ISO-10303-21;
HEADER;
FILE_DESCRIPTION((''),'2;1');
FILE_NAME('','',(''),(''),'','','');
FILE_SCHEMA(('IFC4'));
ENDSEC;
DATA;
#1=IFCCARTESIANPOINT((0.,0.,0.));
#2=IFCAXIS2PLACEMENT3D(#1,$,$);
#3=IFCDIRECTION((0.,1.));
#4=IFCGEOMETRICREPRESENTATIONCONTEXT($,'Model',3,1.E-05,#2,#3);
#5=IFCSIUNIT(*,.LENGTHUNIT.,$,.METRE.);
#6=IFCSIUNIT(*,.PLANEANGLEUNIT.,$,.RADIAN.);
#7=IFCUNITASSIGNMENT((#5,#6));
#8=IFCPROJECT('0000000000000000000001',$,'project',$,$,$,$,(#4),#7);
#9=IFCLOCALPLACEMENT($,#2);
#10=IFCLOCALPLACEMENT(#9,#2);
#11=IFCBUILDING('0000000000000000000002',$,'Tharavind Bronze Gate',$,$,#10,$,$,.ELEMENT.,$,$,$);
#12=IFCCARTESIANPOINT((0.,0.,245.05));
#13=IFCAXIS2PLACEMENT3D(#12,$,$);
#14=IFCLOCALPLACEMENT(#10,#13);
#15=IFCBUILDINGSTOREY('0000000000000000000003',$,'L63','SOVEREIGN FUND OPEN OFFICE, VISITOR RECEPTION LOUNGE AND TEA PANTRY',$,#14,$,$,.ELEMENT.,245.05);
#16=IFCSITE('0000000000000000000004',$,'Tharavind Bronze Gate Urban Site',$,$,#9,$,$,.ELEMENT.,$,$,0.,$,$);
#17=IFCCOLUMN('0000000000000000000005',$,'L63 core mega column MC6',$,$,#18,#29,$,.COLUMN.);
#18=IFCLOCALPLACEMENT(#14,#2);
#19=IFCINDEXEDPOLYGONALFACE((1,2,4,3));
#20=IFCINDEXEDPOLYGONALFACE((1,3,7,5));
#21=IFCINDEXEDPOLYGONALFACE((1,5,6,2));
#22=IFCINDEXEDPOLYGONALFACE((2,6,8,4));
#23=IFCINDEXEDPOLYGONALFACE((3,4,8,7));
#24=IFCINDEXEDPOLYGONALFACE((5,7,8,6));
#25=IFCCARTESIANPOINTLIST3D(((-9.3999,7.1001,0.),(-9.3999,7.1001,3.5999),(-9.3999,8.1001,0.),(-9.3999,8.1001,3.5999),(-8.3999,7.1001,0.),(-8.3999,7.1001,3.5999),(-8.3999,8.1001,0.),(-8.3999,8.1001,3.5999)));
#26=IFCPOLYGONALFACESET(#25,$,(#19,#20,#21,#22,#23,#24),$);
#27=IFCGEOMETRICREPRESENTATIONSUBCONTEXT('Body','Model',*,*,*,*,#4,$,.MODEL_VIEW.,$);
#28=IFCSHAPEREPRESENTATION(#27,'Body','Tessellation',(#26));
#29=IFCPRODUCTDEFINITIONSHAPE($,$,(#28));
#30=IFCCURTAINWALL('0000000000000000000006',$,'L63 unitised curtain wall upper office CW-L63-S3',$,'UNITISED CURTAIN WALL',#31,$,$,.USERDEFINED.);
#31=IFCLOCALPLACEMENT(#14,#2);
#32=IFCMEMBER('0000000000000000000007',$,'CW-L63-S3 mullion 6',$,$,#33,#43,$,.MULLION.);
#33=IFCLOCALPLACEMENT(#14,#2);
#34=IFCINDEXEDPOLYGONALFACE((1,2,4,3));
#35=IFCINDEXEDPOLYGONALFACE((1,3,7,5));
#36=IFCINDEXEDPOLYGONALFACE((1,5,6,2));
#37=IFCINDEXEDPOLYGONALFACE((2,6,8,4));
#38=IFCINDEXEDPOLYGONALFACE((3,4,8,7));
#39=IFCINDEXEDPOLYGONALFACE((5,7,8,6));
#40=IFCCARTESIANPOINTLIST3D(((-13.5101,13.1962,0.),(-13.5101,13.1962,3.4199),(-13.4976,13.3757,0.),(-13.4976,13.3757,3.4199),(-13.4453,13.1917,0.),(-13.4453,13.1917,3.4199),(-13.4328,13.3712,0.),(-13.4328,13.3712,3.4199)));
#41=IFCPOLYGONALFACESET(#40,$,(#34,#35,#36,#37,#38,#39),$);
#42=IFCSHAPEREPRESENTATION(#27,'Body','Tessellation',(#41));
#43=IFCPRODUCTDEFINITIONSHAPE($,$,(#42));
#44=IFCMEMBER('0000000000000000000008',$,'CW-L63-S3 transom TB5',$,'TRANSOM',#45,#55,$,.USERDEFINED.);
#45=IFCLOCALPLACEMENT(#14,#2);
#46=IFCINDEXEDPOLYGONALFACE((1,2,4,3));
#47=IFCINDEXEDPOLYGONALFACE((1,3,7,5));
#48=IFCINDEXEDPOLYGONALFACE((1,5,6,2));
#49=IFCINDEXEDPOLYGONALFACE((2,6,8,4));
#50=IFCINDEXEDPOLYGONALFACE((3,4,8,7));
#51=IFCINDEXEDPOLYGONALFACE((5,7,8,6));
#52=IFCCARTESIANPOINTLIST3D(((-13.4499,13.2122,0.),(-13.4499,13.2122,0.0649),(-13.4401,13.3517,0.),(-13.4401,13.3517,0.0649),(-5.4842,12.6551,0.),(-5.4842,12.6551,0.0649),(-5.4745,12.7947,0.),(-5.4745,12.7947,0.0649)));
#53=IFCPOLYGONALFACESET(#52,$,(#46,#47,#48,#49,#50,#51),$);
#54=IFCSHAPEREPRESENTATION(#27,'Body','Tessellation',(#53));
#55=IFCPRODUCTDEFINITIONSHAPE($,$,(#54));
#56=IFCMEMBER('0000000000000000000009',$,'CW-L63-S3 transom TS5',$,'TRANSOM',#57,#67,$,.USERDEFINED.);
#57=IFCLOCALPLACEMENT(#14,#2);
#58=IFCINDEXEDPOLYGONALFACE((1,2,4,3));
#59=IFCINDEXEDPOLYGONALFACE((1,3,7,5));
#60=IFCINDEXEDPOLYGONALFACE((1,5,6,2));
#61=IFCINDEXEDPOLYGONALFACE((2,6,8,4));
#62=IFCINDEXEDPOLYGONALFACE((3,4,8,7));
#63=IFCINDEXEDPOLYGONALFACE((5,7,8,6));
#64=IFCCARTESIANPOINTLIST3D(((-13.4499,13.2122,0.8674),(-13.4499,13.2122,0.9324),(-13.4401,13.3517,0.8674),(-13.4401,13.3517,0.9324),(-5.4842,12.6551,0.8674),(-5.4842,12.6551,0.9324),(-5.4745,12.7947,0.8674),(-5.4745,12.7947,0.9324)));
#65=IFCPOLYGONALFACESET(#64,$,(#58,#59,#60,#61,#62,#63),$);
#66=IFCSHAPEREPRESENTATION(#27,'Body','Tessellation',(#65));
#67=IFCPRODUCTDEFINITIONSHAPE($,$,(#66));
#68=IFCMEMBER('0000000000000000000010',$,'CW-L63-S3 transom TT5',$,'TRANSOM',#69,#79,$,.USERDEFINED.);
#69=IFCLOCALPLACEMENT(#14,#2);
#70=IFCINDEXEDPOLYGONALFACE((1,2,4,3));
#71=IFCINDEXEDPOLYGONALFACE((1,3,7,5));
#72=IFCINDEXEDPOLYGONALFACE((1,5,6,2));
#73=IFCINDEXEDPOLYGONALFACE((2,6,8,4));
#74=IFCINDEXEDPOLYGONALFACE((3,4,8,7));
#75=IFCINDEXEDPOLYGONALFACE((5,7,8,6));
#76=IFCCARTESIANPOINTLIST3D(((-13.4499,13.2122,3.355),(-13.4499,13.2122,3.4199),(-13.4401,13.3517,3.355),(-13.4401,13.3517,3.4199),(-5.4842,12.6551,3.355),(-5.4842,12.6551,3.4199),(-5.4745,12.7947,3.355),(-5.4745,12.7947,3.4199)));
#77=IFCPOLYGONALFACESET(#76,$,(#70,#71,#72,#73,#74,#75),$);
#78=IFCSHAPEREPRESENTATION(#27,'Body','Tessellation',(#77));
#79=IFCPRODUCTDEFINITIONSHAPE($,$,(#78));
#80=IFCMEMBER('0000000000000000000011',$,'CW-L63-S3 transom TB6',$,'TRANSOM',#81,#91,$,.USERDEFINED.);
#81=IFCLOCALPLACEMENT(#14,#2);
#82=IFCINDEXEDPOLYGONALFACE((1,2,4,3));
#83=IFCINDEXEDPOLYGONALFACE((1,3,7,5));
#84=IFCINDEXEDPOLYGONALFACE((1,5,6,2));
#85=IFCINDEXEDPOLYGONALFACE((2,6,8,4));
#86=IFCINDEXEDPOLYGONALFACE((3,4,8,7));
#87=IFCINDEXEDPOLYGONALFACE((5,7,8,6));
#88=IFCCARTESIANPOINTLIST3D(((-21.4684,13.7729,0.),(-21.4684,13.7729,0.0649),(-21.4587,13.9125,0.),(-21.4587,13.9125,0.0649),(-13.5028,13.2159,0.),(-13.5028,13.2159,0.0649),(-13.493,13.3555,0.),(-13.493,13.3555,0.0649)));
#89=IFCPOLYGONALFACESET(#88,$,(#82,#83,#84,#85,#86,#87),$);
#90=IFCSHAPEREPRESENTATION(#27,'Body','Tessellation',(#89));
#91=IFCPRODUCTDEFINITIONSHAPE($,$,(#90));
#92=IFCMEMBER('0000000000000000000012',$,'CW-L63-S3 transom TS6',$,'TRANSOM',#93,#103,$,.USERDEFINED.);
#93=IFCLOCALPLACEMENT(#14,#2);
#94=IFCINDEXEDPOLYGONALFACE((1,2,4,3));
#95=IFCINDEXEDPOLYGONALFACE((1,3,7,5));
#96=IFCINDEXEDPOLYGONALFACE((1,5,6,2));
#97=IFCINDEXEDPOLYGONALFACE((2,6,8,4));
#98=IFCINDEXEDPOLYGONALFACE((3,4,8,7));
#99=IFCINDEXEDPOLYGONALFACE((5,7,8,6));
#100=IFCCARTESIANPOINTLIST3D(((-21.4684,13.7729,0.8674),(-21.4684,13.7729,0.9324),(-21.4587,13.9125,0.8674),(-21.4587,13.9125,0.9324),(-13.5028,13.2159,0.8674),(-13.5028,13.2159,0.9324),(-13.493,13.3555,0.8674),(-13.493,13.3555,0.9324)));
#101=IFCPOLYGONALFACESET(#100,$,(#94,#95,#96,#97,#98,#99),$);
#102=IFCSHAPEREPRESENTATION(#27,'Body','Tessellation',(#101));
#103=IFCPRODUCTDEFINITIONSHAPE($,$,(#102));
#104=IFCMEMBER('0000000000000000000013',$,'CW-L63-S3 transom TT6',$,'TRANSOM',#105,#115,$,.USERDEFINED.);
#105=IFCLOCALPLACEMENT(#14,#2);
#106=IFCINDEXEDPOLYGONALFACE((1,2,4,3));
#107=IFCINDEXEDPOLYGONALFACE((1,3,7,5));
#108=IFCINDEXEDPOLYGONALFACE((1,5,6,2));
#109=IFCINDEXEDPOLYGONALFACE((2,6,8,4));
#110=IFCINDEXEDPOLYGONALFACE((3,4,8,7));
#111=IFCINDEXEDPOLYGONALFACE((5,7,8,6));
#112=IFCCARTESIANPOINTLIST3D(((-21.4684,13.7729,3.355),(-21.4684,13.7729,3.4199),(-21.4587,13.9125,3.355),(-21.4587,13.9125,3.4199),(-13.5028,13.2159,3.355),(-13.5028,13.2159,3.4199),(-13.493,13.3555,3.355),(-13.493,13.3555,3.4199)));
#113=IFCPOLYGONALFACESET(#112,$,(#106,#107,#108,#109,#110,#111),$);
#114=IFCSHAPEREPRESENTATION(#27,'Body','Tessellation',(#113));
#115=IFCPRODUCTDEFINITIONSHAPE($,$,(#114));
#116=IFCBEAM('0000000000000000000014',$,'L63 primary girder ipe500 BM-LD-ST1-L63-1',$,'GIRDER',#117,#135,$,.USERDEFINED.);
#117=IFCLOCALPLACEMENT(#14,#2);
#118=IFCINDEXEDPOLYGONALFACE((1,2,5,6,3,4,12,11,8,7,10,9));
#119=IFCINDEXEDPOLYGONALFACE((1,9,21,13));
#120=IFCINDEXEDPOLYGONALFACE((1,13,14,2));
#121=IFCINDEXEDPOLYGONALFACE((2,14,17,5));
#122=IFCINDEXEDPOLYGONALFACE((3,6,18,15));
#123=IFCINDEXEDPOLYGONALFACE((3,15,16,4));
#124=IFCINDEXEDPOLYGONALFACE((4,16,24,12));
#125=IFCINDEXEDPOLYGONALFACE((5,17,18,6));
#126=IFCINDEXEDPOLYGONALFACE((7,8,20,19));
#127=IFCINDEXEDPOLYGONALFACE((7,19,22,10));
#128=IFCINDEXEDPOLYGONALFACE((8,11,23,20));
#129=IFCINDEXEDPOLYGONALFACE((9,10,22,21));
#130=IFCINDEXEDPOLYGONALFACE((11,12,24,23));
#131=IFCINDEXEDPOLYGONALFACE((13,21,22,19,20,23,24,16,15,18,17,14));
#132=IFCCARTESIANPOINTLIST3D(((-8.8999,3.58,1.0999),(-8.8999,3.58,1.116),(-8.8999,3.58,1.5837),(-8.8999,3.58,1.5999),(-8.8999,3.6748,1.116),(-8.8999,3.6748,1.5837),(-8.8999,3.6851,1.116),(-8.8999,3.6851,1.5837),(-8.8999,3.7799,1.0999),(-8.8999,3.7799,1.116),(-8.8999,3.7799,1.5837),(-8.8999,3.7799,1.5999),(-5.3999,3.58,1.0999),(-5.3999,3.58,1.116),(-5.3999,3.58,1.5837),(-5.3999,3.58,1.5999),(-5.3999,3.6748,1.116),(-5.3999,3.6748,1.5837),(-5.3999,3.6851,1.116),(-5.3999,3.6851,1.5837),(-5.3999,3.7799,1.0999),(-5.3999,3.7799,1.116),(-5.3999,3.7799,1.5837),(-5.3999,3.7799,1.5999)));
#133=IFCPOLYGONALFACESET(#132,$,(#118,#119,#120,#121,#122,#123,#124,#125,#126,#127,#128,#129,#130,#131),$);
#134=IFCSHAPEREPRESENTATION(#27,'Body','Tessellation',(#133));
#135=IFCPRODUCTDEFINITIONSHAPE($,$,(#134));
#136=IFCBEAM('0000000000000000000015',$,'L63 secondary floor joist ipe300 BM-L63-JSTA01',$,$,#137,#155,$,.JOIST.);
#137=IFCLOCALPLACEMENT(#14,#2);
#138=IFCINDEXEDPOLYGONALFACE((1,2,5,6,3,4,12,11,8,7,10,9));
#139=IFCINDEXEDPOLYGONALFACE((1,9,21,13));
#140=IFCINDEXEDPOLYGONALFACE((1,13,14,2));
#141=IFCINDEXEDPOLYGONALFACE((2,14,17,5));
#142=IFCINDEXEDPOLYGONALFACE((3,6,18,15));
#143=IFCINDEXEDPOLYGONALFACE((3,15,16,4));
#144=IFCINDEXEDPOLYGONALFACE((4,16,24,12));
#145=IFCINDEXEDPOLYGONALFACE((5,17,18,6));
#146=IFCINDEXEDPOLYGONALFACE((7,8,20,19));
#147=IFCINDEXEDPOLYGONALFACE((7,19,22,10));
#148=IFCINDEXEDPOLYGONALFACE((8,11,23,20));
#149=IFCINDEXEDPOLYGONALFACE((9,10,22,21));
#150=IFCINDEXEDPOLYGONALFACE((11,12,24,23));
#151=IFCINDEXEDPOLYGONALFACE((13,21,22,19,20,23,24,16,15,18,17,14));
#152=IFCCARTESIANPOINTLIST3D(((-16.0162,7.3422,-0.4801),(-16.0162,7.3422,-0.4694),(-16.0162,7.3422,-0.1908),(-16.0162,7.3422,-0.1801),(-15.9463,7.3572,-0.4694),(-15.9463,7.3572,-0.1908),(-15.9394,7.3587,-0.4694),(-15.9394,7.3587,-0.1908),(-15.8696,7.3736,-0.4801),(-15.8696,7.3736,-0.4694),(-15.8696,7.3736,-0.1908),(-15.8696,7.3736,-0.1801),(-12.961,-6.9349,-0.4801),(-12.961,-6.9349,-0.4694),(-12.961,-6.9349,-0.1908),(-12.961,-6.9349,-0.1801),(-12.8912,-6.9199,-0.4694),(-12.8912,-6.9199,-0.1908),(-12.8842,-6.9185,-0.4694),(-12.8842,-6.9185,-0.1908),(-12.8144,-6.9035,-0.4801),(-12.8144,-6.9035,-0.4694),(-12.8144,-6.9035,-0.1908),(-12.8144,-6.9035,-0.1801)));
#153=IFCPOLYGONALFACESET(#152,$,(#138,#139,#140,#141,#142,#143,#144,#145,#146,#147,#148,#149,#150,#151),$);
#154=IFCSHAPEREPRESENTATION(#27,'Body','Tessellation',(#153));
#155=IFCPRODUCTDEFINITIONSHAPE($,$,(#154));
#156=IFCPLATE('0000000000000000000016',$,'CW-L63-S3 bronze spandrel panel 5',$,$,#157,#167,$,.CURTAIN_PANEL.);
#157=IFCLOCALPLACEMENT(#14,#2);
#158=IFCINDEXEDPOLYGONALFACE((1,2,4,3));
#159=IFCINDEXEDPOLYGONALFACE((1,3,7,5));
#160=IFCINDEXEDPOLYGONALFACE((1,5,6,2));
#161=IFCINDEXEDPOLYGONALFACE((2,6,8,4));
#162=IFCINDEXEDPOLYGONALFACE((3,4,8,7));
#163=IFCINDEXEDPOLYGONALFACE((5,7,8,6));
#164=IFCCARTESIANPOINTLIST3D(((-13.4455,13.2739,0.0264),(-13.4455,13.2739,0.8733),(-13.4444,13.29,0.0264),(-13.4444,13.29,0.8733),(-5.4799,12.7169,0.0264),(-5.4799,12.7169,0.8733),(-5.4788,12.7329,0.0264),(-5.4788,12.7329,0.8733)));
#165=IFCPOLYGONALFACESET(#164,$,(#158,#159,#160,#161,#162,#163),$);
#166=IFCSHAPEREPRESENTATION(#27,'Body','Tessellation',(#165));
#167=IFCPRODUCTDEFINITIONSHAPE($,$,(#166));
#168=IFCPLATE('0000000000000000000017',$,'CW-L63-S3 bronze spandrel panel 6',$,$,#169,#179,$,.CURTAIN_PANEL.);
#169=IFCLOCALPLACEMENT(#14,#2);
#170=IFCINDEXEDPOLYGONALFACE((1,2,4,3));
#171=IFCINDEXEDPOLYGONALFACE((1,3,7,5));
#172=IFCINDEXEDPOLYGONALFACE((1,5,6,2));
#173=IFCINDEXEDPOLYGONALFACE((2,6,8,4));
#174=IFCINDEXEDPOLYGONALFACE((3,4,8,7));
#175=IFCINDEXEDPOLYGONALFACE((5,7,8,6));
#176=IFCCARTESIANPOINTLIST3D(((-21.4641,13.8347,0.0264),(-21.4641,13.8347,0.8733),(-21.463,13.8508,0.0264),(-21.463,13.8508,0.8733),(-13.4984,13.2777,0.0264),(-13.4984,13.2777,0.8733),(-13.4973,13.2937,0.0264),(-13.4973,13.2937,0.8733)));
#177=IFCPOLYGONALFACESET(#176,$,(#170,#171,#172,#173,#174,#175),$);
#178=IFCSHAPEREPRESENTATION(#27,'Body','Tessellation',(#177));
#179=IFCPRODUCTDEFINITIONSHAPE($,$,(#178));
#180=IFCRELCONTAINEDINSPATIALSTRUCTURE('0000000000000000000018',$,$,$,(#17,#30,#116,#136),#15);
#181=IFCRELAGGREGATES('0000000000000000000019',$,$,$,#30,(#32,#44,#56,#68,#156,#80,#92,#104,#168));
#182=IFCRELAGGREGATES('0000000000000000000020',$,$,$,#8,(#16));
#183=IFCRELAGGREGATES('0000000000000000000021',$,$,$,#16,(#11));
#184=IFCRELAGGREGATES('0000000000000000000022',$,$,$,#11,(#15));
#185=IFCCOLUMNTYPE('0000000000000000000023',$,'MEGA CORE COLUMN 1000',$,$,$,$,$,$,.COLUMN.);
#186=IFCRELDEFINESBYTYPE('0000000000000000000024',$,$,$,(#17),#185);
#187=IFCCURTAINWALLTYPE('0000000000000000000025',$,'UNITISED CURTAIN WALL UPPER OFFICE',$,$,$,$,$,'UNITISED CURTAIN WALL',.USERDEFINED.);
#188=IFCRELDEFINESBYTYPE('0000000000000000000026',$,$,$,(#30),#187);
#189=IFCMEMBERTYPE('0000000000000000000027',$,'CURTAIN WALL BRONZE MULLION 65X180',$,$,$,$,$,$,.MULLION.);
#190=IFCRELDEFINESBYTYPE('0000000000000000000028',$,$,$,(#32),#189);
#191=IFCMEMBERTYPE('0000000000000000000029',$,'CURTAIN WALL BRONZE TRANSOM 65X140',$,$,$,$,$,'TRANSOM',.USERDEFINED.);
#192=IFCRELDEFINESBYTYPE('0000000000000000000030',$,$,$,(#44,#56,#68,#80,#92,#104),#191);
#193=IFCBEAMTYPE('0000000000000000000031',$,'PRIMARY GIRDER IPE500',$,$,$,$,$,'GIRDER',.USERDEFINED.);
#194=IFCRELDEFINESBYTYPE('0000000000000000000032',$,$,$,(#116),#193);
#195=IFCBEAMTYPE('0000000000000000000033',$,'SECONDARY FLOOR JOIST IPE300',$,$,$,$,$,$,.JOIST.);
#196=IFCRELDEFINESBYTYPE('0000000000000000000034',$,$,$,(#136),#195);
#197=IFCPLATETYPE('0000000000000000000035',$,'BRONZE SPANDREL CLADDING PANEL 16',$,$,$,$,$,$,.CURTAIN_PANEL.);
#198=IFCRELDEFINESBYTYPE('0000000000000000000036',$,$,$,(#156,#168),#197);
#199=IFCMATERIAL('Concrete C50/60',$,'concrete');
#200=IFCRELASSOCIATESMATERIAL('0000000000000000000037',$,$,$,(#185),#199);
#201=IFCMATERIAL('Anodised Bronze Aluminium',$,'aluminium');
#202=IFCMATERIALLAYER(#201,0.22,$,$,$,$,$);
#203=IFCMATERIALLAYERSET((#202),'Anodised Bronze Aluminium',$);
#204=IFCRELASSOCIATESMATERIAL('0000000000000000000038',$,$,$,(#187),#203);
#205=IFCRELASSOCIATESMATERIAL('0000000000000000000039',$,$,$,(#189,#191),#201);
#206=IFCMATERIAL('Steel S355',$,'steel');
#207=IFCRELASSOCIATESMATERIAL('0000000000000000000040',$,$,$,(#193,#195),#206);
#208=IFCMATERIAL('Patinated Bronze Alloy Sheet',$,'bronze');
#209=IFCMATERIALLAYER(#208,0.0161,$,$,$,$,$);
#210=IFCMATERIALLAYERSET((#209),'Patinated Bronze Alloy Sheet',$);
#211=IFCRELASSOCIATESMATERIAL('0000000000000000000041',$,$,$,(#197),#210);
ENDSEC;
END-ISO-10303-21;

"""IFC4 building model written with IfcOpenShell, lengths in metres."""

from ifc_helpers import new_model, si_unit, direction, frame, origin, origin_2d, place, context, subcontext, project, spatial, rectangle, i_section, extrude, material, layer, layer_set, material_profile, profile_set, type_object, element, aggregate, save


model = new_model("IFC4")

# Units and contexts
model_context = context("Model", 3, precision=1e-05, world=origin(), true_north=direction((0.0, 1.0)))
body_context = subcontext(model_context, "Body", "Model", "MODEL_VIEW")
ifc_project = project(units=[si_unit("LENGTHUNIT", "METRE"), si_unit("PLANEANGLEUNIT", "RADIAN")], contexts=[model_context])

# Site, building, storey
site_placement = place(None, origin())
site = spatial("IfcSite", under=ifc_project, at=site_placement, Name="Tharavind Bronze Gate Urban Site", CompositionType="ELEMENT", RefElevation=0.0)
building_placement = place(site_placement, origin())
building = spatial("IfcBuilding", under=site, at=building_placement, Name="Tharavind Bronze Gate", CompositionType="ELEMENT")
storey_placement = place(building_placement, frame((0.0, 0.0, 245.05)))
storey = spatial("IfcBuildingStorey", under=building, at=storey_placement, Name="L63", Description="SOVEREIGN FUND OPEN OFFICE, VISITOR RECEPTION LOUNGE AND TEA PANTRY", CompositionType="ELEMENT", Elevation=245.05)

# Column
ifc_material_1 = material(Name="Concrete C50/60", Category="concrete")
ifc_material_profile_1 = material_profile(ifc_material_1, rectangle(XDim=1.0, YDim=1.0, at=origin_2d()), Name="RCCOL1000")
ifc_profile_set_1 = profile_set([ifc_material_profile_1], Name="Concrete C50/60")
column_type = type_object("IfcColumnType", Name="MEGA CORE COLUMN 1000", PredefinedType="COLUMN", material=ifc_profile_set_1)
column_placement = place(storey_placement, frame((-8.8999, 7.6001, 0.0), z_axis=(0.0, 0.0, 1.0), x_axis=(1.0, 0.0, 0.0)))
element("IfcColumn", 1, at=column_placement, inside=storey, type_object=column_type, Name="L63 core mega column MC6", PredefinedType="COLUMN", context=body_context, shape_type="SweptSolid", body=[
    extrude(rectangle(XDim=1.0, YDim=1.0, at=origin_2d()), origin(), (0.0, 0.0, 1.0), 3.5999),
])

# Curtain wall, members
ifc_material_2 = material(Name="Anodised Bronze Aluminium", Category="aluminium")
ifc_layer_1 = layer(ifc_material_2, 0.22)
ifc_layer_set_1 = layer_set([ifc_layer_1], Name="Anodised Bronze Aluminium")
curtain_wall_type = type_object("IfcCurtainWallType", Name="UNITISED CURTAIN WALL UPPER OFFICE", ElementType="UNITISED CURTAIN WALL", PredefinedType="USERDEFINED", material=ifc_layer_set_1)
curtain_wall_placement = place(storey_placement, origin())
curtain_wall = element("IfcCurtainWall", 2, at=curtain_wall_placement, inside=storey, type_object=curtain_wall_type, Name="L63 unitised curtain wall upper office CW-L63-S3", ObjectType="UNITISED CURTAIN WALL", PredefinedType="USERDEFINED")
member_type_1 = type_object("IfcMemberType", Name="CURTAIN WALL BRONZE MULLION 65X180", PredefinedType="MULLION", material=ifc_material_2)
member_1_placement = place(storey_placement, frame((-13.4714, 13.2837, 0.0), z_axis=(0.0, 0.0, 1.0), x_axis=(-0.997564, 0.069758, 0.0)))
member_1 = element("IfcMember", 3, at=member_1_placement, type_object=member_type_1, Name="CW-L63-S3 mullion 6", PredefinedType="MULLION", context=body_context, shape_type="SweptSolid", body=[
    extrude(rectangle(XDim=0.0649, YDim=0.1799, at=origin_2d()), origin(), (0.0, 0.0, 1.0), 3.4199),
])
member_type_2 = type_object("IfcMemberType", Name="CURTAIN WALL BRONZE TRANSOM 65X140", ElementType="TRANSOM", PredefinedType="USERDEFINED", material=ifc_material_2)
member_2_placement = place(storey_placement, frame((-9.4622, 13.0034, 0.0), z_axis=(0.0, 0.0, 1.0), x_axis=(-0.997564, 0.069758, 0.0)))
member_2 = element("IfcMember", 4, at=member_2_placement, type_object=member_type_2, Name="CW-L63-S3 transom TB5", ObjectType="TRANSOM", PredefinedType="USERDEFINED", context=body_context, shape_type="SweptSolid", body=[
    extrude(rectangle(XDim=7.9851, YDim=0.1399, at=origin_2d()), origin(), (0.0, 0.0, 1.0), 0.0649),
])
member_3_placement = place(storey_placement, frame((-9.4622, 13.0034, 0.8674), z_axis=(0.0, 0.0, 1.0), x_axis=(-0.997564, 0.069758, 0.0)))
member_3 = element("IfcMember", 5, at=member_3_placement, type_object=member_type_2, Name="CW-L63-S3 transom TS5", ObjectType="TRANSOM", PredefinedType="USERDEFINED", context=body_context, shape_type="SweptSolid", body=[
    extrude(rectangle(XDim=7.9851, YDim=0.1399, at=origin_2d()), origin(), (0.0, 0.0, 1.0), 0.0649),
])
member_4_placement = place(storey_placement, frame((-9.4622, 13.0034, 3.355), z_axis=(0.0, 0.0, 1.0), x_axis=(-0.997564, 0.069758, 0.0)))
member_4 = element("IfcMember", 6, at=member_4_placement, type_object=member_type_2, Name="CW-L63-S3 transom TT5", ObjectType="TRANSOM", PredefinedType="USERDEFINED", context=body_context, shape_type="SweptSolid", body=[
    extrude(rectangle(XDim=7.9851, YDim=0.1399, at=origin_2d()), origin(), (0.0, 0.0, 1.0), 0.0649),
])
member_5_placement = place(storey_placement, frame((-17.4807, 13.5642, 0.0), z_axis=(0.0, 0.0, 1.0), x_axis=(-0.997564, 0.069758, 0.0)))
member_5 = element("IfcMember", 7, at=member_5_placement, type_object=member_type_2, Name="CW-L63-S3 transom TB6", ObjectType="TRANSOM", PredefinedType="USERDEFINED", context=body_context, shape_type="SweptSolid", body=[
    extrude(rectangle(XDim=7.9851, YDim=0.1399, at=origin_2d()), origin(), (0.0, 0.0, 1.0), 0.0649),
])
member_6_placement = place(storey_placement, frame((-17.4807, 13.5642, 0.8674), z_axis=(0.0, 0.0, 1.0), x_axis=(-0.997564, 0.069758, 0.0)))
member_6 = element("IfcMember", 8, at=member_6_placement, type_object=member_type_2, Name="CW-L63-S3 transom TS6", ObjectType="TRANSOM", PredefinedType="USERDEFINED", context=body_context, shape_type="SweptSolid", body=[
    extrude(rectangle(XDim=7.9851, YDim=0.1399, at=origin_2d()), origin(), (0.0, 0.0, 1.0), 0.0649),
])
member_7_placement = place(storey_placement, frame((-17.4807, 13.5642, 3.355), z_axis=(0.0, 0.0, 1.0), x_axis=(-0.997564, 0.069758, 0.0)))
member_7 = element("IfcMember", 9, at=member_7_placement, type_object=member_type_2, Name="CW-L63-S3 transom TT6", ObjectType="TRANSOM", PredefinedType="USERDEFINED", context=body_context, shape_type="SweptSolid", body=[
    extrude(rectangle(XDim=7.9851, YDim=0.1399, at=origin_2d()), origin(), (0.0, 0.0, 1.0), 0.0649),
])

# Beams
ifc_material_3 = material(Name="Steel S355", Category="steel")
ifc_material_profile_2 = material_profile(ifc_material_3, i_section(OverallWidth=0.2, OverallDepth=0.5, WebThickness=0.0103, FlangeThickness=0.0161, at=origin_2d()), Name="IPE500")
ifc_profile_set_2 = profile_set([ifc_material_profile_2], Name="Steel S355")
beam_type_1 = type_object("IfcBeamType", Name="PRIMARY GIRDER IPE500", ElementType="GIRDER", PredefinedType="USERDEFINED", material=ifc_profile_set_2)
beam_1_placement = place(storey_placement, frame((-8.8999, 3.6799, 1.3499), z_axis=(1.0, 0.0, 0.0), x_axis=(0.0, 1.0, 0.0)))
element("IfcBeam", 10, at=beam_1_placement, inside=storey, type_object=beam_type_1, Name="L63 primary girder ipe500 BM-LD-ST1-L63-1", ObjectType="GIRDER", PredefinedType="USERDEFINED", context=body_context, shape_type="SweptSolid", body=[
    extrude(i_section(OverallWidth=0.2, OverallDepth=0.5, WebThickness=0.0103, FlangeThickness=0.0161, at=origin_2d()), origin(), (0.0, 0.0, 1.0), 3.5),
])
ifc_material_profile_3 = material_profile(ifc_material_3, i_section(OverallWidth=0.1499, OverallDepth=0.3, WebThickness=0.0071, FlangeThickness=0.0107, at=origin_2d()), Name="IPE300")
ifc_profile_set_3 = profile_set([ifc_material_profile_3], Name="Steel S355")
beam_type_2 = type_object("IfcBeamType", Name="SECONDARY FLOOR JOIST IPE300", PredefinedType="JOIST", material=ifc_profile_set_3)
beam_2_placement = place(storey_placement, frame((-15.9429, 7.3579, -0.3301), z_axis=(0.209254, -0.977861, 0.0), x_axis=(0.977861, 0.209254, 0.0)))
element("IfcBeam", 11, at=beam_2_placement, inside=storey, type_object=beam_type_2, Name="L63 secondary floor joist ipe300 BM-L63-JSTA01", PredefinedType="JOIST", context=body_context, shape_type="SweptSolid", body=[
    extrude(i_section(OverallWidth=0.1499, OverallDepth=0.3, WebThickness=0.0071, FlangeThickness=0.0107, at=origin_2d()), origin(), (0.0, 0.0, 1.0), 14.6003),
])

# Plates
ifc_material_4 = material(Name="Patinated Bronze Alloy Sheet", Category="bronze")
ifc_layer_2 = layer(ifc_material_4, 0.0161)
ifc_layer_set_2 = layer_set([ifc_layer_2], Name="Patinated Bronze Alloy Sheet")
plate_type_1 = type_object("IfcPlateType", Name="BRONZE SPANDREL CLADDING PANEL 16", PredefinedType="CURTAIN_PANEL", material=ifc_layer_set_2)
plate_1_placement = place(storey_placement, frame((-9.4622, 13.0034, 0.0264), z_axis=(0.0, 0.0, 1.0), x_axis=(-0.997564, 0.069758, 0.0)))
plate_1 = element("IfcPlate", 12, at=plate_1_placement, type_object=plate_type_1, Name="CW-L63-S3 bronze spandrel panel 5", PredefinedType="CURTAIN_PANEL", context=body_context, shape_type="SweptSolid", body=[
    extrude(rectangle(XDim=7.9851, YDim=0.0161, at=origin_2d()), origin(), (0.0, 0.0, 1.0), 0.8469),
])
plate_2_placement = place(storey_placement, frame((-17.4807, 13.5642, 0.0264), z_axis=(0.0, 0.0, 1.0), x_axis=(-0.997564, 0.069758, 0.0)))
plate_2 = element("IfcPlate", 13, at=plate_2_placement, type_object=plate_type_1, Name="CW-L63-S3 bronze spandrel panel 6", PredefinedType="CURTAIN_PANEL", context=body_context, shape_type="SweptSolid", body=[
    extrude(rectangle(XDim=7.9851, YDim=0.0161, at=origin_2d()), origin(), (0.0, 0.0, 1.0), 0.8469),
])
aggregate(curtain_wall, [member_1, member_2, member_3, member_4, plate_1, member_5, member_6, member_7, plate_2])

save(model, "model.ifc")
